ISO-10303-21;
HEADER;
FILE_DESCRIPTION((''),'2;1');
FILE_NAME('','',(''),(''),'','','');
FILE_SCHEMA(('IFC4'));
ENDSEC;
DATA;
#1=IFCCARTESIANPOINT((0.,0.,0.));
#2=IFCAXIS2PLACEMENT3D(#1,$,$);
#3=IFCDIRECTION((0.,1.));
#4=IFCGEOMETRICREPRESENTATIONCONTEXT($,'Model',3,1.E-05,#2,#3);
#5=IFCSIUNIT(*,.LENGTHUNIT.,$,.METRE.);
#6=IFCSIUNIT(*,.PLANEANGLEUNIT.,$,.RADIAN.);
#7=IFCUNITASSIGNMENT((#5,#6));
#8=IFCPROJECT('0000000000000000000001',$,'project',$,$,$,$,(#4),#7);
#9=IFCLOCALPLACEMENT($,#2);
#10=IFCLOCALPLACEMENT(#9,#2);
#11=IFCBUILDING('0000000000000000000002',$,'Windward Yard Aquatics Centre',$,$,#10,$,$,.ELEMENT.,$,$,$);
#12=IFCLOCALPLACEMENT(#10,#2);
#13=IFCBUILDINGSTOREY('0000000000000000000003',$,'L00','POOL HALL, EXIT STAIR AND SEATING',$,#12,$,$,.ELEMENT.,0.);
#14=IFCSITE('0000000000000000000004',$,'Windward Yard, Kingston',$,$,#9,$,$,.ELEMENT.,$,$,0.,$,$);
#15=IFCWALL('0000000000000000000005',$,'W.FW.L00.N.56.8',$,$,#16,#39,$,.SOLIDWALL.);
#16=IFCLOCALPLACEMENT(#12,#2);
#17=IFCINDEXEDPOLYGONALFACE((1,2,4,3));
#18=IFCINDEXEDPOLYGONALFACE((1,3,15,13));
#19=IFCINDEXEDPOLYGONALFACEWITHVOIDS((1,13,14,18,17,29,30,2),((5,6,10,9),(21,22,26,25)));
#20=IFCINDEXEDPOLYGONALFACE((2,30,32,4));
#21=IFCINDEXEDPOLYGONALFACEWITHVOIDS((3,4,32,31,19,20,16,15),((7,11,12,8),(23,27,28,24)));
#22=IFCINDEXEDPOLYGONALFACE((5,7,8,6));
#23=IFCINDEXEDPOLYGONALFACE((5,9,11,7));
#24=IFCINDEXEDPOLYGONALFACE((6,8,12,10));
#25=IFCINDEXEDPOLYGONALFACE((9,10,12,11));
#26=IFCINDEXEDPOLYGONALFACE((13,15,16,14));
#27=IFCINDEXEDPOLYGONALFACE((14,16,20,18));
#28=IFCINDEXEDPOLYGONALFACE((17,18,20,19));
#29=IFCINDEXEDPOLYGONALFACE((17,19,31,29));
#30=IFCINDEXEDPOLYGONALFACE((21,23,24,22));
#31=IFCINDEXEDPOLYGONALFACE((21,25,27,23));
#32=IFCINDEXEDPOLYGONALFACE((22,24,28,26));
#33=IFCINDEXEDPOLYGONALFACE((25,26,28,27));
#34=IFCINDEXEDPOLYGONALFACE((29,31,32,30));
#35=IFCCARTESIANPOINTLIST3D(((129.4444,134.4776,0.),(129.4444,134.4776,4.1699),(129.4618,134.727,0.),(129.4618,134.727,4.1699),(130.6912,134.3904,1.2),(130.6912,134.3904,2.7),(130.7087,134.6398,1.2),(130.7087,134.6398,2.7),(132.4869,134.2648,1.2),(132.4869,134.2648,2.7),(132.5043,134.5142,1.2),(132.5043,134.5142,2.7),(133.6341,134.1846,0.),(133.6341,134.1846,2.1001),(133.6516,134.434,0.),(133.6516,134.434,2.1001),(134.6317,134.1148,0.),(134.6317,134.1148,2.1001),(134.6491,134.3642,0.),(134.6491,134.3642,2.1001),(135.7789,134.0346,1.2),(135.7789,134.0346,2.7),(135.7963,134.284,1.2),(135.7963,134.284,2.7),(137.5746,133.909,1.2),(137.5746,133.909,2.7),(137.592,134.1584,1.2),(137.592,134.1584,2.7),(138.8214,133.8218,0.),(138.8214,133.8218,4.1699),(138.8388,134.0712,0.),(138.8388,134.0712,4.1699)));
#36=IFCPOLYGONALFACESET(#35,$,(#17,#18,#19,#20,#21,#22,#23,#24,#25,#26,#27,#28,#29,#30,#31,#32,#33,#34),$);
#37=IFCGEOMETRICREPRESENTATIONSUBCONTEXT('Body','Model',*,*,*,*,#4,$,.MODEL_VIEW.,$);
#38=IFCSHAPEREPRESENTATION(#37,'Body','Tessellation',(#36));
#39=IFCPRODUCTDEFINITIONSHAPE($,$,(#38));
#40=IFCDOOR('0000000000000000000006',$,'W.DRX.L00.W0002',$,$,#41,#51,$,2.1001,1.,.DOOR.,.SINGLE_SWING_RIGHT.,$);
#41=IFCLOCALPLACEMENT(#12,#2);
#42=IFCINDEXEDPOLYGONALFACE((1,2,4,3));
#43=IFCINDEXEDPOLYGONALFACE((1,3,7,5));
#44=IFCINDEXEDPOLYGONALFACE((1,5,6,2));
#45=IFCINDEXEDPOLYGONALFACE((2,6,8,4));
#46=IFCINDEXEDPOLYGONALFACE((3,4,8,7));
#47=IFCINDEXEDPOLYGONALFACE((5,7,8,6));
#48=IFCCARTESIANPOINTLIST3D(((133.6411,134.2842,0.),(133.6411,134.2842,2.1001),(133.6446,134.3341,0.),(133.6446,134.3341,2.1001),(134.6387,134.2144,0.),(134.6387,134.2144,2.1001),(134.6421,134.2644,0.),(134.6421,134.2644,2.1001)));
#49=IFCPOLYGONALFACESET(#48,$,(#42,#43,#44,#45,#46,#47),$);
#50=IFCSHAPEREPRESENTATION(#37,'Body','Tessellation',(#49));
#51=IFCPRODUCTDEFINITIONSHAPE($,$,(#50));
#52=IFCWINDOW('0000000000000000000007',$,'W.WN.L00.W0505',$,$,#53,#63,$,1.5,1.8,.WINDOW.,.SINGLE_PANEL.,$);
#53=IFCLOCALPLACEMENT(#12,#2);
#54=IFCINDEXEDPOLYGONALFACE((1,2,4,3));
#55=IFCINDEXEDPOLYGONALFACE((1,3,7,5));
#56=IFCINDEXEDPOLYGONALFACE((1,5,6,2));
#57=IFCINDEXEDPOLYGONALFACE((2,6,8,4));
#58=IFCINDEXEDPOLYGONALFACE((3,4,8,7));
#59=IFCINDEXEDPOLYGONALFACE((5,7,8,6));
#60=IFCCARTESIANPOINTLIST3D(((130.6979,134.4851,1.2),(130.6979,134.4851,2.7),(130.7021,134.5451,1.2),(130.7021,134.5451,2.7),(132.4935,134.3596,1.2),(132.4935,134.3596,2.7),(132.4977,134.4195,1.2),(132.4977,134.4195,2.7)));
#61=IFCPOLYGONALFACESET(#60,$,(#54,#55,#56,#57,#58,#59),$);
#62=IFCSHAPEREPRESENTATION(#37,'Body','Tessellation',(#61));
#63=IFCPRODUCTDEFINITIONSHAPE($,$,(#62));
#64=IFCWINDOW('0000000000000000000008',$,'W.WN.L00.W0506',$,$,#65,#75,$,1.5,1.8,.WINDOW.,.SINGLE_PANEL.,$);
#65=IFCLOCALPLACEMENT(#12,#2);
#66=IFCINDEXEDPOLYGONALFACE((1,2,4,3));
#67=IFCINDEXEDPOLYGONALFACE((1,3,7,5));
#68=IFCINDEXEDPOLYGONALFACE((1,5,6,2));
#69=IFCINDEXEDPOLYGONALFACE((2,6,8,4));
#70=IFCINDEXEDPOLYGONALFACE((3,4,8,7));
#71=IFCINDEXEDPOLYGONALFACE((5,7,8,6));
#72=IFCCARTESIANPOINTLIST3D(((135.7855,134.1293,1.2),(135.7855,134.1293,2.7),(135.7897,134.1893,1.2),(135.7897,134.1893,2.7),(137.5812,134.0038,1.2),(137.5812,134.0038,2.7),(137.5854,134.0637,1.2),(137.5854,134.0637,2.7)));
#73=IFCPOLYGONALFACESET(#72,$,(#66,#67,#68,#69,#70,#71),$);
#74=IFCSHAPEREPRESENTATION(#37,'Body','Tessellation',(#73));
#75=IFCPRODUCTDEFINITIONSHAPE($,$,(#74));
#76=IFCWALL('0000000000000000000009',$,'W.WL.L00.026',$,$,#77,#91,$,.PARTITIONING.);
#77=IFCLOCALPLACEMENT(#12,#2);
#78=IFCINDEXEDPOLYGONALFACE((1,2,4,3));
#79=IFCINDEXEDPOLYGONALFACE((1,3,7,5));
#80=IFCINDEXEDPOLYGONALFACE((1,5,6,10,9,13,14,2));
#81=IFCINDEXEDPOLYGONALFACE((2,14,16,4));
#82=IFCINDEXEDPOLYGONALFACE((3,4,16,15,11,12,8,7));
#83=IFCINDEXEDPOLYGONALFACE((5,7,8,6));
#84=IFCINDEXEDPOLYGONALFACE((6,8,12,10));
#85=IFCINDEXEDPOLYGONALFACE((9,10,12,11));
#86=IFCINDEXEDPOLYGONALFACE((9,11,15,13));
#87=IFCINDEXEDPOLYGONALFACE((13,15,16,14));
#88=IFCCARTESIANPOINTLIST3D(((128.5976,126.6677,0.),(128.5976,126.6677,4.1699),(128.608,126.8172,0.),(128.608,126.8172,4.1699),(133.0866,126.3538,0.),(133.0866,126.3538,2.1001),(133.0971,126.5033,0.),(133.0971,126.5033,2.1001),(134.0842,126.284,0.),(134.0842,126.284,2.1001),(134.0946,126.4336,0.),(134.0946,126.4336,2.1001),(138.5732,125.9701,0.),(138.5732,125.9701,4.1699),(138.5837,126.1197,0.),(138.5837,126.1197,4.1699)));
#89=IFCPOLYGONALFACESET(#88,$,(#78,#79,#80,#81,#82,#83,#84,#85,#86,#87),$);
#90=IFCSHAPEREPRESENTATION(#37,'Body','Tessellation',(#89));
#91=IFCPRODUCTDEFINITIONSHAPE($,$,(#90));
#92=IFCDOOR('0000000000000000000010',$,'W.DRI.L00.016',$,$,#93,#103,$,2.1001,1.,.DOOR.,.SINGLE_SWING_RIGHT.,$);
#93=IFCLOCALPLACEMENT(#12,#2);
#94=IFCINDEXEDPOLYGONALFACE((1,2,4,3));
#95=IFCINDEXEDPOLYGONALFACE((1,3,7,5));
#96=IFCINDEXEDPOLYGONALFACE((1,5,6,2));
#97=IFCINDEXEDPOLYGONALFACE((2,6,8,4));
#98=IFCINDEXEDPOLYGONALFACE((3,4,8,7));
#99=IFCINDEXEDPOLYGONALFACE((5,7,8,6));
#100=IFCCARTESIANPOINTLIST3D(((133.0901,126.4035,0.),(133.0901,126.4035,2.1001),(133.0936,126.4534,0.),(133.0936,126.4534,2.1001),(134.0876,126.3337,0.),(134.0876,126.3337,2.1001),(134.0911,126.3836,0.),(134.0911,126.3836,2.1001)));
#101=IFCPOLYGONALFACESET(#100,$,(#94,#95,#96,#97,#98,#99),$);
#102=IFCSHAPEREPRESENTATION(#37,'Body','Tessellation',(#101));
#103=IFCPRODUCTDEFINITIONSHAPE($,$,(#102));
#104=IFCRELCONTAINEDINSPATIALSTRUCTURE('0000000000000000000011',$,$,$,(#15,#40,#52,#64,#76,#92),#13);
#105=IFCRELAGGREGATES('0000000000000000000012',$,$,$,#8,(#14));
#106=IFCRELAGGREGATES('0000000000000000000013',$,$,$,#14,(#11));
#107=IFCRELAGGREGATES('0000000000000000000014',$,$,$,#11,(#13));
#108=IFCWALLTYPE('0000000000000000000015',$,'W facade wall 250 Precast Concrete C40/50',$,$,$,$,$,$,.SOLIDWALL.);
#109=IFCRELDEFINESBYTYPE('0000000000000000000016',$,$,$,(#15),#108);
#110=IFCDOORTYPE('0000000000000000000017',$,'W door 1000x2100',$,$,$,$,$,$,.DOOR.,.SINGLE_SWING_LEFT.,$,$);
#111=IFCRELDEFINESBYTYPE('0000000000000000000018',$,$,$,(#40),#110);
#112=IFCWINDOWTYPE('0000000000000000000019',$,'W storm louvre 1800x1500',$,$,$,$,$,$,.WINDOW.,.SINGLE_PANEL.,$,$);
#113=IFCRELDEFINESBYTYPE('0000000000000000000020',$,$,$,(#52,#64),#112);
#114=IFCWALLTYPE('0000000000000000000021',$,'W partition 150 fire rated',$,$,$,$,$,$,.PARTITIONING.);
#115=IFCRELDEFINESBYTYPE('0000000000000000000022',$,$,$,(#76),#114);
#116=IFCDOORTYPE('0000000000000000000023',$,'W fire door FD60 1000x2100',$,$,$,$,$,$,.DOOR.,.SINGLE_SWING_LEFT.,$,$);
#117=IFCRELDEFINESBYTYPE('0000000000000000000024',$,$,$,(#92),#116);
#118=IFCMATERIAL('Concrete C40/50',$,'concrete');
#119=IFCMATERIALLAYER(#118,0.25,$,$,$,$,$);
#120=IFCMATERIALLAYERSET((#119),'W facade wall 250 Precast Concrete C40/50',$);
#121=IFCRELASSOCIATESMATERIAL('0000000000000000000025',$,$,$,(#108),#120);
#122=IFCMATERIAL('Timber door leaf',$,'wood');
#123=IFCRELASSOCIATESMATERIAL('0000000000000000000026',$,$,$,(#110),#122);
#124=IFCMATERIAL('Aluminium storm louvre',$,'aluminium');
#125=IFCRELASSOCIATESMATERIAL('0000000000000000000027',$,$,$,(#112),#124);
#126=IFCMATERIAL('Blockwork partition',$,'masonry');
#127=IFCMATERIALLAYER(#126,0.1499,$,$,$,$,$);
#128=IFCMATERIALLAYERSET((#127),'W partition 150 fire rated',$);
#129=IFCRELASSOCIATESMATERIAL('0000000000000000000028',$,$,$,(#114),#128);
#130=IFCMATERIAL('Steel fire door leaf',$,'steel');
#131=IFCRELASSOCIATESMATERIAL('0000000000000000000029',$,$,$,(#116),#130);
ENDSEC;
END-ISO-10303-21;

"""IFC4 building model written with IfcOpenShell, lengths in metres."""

from ifc_helpers import new_model, si_unit, direction, frame, frame_2d, origin, place, context, subcontext, project, spatial, rectangle, extrude, material, layer, layer_set, type_object, element, fill, save


model = new_model("IFC4")

# Units and contexts
model_context = context("Model", 3, precision=1e-05, world=origin(), true_north=direction((0.0, 1.0)))
body_context = subcontext(model_context, "Body", "Model", "MODEL_VIEW")
ifc_project = project(units=[si_unit("LENGTHUNIT", "METRE"), si_unit("PLANEANGLEUNIT", "RADIAN")], contexts=[model_context])

# Site, building, storey
site_placement = place(None, origin())
site = spatial("IfcSite", under=ifc_project, at=site_placement, Name="Windward Yard, Kingston", CompositionType="ELEMENT", RefElevation=0.0)
building_placement = place(site_placement, origin())
building = spatial("IfcBuilding", under=site, at=building_placement, Name="Windward Yard Aquatics Centre", CompositionType="ELEMENT")
storey_placement = place(building_placement, origin())
storey = spatial("IfcBuildingStorey", under=building, at=storey_placement, Name="L00", Description="POOL HALL, EXIT STAIR AND SEATING", CompositionType="ELEMENT", Elevation=0.0)

# Shared definitions
ifc_material_1 = material(Name="Concrete C40/50", Category="concrete")

# Wall, openings, door, windows
ifc_layer_1 = layer(ifc_material_1, 0.25)
ifc_layer_set_1 = layer_set([ifc_layer_1], Name="W facade wall 250 Precast Concrete C40/50")
wall_type_1 = type_object("IfcWallType", Name="W facade wall 250 Precast Concrete C40/50", PredefinedType="SOLIDWALL", material=ifc_layer_set_1)
wall_1_placement = place(storey_placement, frame((129.4531, 134.6023, 0.0), z_axis=(0.0, 0.0, 1.0), x_axis=(0.997564, -0.069763, 0.0)))
wall_1 = element("IfcWall", 1, at=wall_1_placement, inside=storey, type_object=wall_type_1, Name="W.FW.L00.N.56.8", PredefinedType="SOLIDWALL", context=body_context, shape_type="SweptSolid", body=[
    extrude(rectangle(XDim=9.3999, YDim=0.25, at=frame_2d((4.7, 0.0))), origin(), (0.0, 0.0, 1.0), 4.1699),
])
opening_1_placement = place(wall_1_placement, frame((4.2, 0.0, 0.0)))
opening_1 = element("IfcOpeningElement", 2, at=opening_1_placement, cuts=wall_1, PredefinedType="OPENING", context=body_context, shape_type="SweptSolid", body=[
    extrude(rectangle(XDim=1.0, YDim=2.1001, at=frame_2d((0.5, 1.05))), frame((0.0, 0.135, 0.0), z_axis=(0.0, -1.0, 0.0), x_axis=(1.0, 0.0, 0.0)), (0.0, 0.0, 1.0), 0.27),
])
opening_2_placement = place(wall_1_placement, frame((1.25, 0.0, 1.2)))
opening_2 = element("IfcOpeningElement", 3, at=opening_2_placement, cuts=wall_1, PredefinedType="OPENING", context=body_context, shape_type="SweptSolid", body=[
    extrude(rectangle(XDim=1.8, YDim=1.5, at=frame_2d((0.8999, 0.75))), frame((0.0, 0.135, 0.0), z_axis=(0.0, -1.0, 0.0), x_axis=(1.0, 0.0, 0.0)), (0.0, 0.0, 1.0), 0.27),
])
opening_3_placement = place(wall_1_placement, frame((6.3501, 0.0, 1.2)))
opening_3 = element("IfcOpeningElement", 4, at=opening_3_placement, cuts=wall_1, PredefinedType="OPENING", context=body_context, shape_type="SweptSolid", body=[
    extrude(rectangle(XDim=1.8, YDim=1.5, at=frame_2d((0.8999, 0.75))), frame((0.0, 0.135, 0.0), z_axis=(0.0, -1.0, 0.0), x_axis=(1.0, 0.0, 0.0)), (0.0, 0.0, 1.0), 0.27),
])
ifc_material_2 = material(Name="Timber door leaf", Category="wood")
door_type_1 = type_object("IfcDoorType", Name="W door 1000x2100", OperationType="SINGLE_SWING_LEFT", PredefinedType="DOOR", material=ifc_material_2)
door_1_placement = place(opening_1_placement, origin())
door_1 = element("IfcDoor", 5, at=door_1_placement, inside=storey, type_object=door_type_1, Name="W.DRX.L00.W0002", OperationType="SINGLE_SWING_RIGHT", OverallHeight=2.1001, OverallWidth=1.0, PredefinedType="DOOR", context=body_context, shape_type="SweptSolid", body=[
    extrude(rectangle(XDim=1.0, YDim=2.1001, at=frame_2d((0.5, 1.05))), frame((0.0, 0.0249, 0.0), z_axis=(0.0, -1.0, 0.0), x_axis=(1.0, 0.0, 0.0)), (0.0, 0.0, 1.0), 0.05),
])
fill(opening_1, door_1)
ifc_material_3 = material(Name="Aluminium storm louvre", Category="aluminium")
window_type = type_object("IfcWindowType", Name="W storm louvre 1800x1500", PartitioningType="SINGLE_PANEL", PredefinedType="WINDOW", material=ifc_material_3)
window_1_placement = place(opening_2_placement, origin())
window_1 = element("IfcWindow", 6, at=window_1_placement, inside=storey, type_object=window_type, Name="W.WN.L00.W0505", OverallHeight=1.5, OverallWidth=1.8, PartitioningType="SINGLE_PANEL", PredefinedType="WINDOW", context=body_context, shape_type="SweptSolid", body=[
    extrude(rectangle(XDim=1.8, YDim=1.5, at=frame_2d((0.8999, 0.75))), frame((0.0, 0.03, 0.0), z_axis=(0.0, -1.0, 0.0), x_axis=(1.0, 0.0, 0.0)), (0.0, 0.0, 1.0), 0.0601),
])
fill(opening_2, window_1)
window_2_placement = place(opening_3_placement, origin())
window_2 = element("IfcWindow", 7, at=window_2_placement, inside=storey, type_object=window_type, Name="W.WN.L00.W0506", OverallHeight=1.5, OverallWidth=1.8, PartitioningType="SINGLE_PANEL", PredefinedType="WINDOW", context=body_context, shape_type="SweptSolid", body=[
    extrude(rectangle(XDim=1.8, YDim=1.5, at=frame_2d((0.8999, 0.75))), frame((0.0, 0.03, 0.0), z_axis=(0.0, -1.0, 0.0), x_axis=(1.0, 0.0, 0.0)), (0.0, 0.0, 1.0), 0.0601),
])
fill(opening_3, window_2)

# Wall, opening, door
ifc_material_4 = material(Name="Blockwork partition", Category="masonry")
ifc_layer_2 = layer(ifc_material_4, 0.1499)
ifc_layer_set_2 = layer_set([ifc_layer_2], Name="W partition 150 fire rated")
wall_type_2 = type_object("IfcWallType", Name="W partition 150 fire rated", PredefinedType="PARTITIONING", material=ifc_layer_set_2)
wall_2_placement = place(storey_placement, frame((128.6028, 126.7424, 0.0), z_axis=(0.0, 0.0, 1.0), x_axis=(0.997564, -0.069751, 0.0)))
wall_2 = element("IfcWall", 8, at=wall_2_placement, inside=storey, type_object=wall_type_2, Name="W.WL.L00.026", PredefinedType="PARTITIONING", context=body_context, shape_type="SweptSolid", body=[
    extrude(rectangle(XDim=10.0, YDim=0.1499, at=frame_2d((5.0, 0.0))), origin(), (0.0, 0.0, 1.0), 4.1699),
])
opening_4_placement = place(wall_2_placement, frame((4.5, 0.0, 0.0)))
opening_4 = element("IfcOpeningElement", 9, at=opening_4_placement, cuts=wall_2, PredefinedType="OPENING", context=body_context, shape_type="SweptSolid", body=[
    extrude(rectangle(XDim=1.0, YDim=2.1001, at=frame_2d((0.5, 1.05))), frame((0.0, 0.085, 0.0), z_axis=(0.0, -1.0, 0.0), x_axis=(1.0, 0.0, 0.0)), (0.0, 0.0, 1.0), 0.1699),
])
ifc_material_5 = material(Name="Steel fire door leaf", Category="steel")
door_type_2 = type_object("IfcDoorType", Name="W fire door FD60 1000x2100", OperationType="SINGLE_SWING_LEFT", PredefinedType="DOOR", material=ifc_material_5)
door_2_placement = place(opening_4_placement, origin())
door_2 = element("IfcDoor", 10, at=door_2_placement, inside=storey, type_object=door_type_2, Name="W.DRI.L00.016", OperationType="SINGLE_SWING_RIGHT", OverallHeight=2.1001, OverallWidth=1.0, PredefinedType="DOOR", context=body_context, shape_type="SweptSolid", body=[
    extrude(rectangle(XDim=1.0, YDim=2.1001, at=frame_2d((0.5, 1.05))), frame((0.0, 0.0249, 0.0), z_axis=(0.0, -1.0, 0.0), x_axis=(1.0, 0.0, 0.0)), (0.0, 0.0, 1.0), 0.05),
])
fill(opening_4, door_2)

save(model, "model.ifc")
